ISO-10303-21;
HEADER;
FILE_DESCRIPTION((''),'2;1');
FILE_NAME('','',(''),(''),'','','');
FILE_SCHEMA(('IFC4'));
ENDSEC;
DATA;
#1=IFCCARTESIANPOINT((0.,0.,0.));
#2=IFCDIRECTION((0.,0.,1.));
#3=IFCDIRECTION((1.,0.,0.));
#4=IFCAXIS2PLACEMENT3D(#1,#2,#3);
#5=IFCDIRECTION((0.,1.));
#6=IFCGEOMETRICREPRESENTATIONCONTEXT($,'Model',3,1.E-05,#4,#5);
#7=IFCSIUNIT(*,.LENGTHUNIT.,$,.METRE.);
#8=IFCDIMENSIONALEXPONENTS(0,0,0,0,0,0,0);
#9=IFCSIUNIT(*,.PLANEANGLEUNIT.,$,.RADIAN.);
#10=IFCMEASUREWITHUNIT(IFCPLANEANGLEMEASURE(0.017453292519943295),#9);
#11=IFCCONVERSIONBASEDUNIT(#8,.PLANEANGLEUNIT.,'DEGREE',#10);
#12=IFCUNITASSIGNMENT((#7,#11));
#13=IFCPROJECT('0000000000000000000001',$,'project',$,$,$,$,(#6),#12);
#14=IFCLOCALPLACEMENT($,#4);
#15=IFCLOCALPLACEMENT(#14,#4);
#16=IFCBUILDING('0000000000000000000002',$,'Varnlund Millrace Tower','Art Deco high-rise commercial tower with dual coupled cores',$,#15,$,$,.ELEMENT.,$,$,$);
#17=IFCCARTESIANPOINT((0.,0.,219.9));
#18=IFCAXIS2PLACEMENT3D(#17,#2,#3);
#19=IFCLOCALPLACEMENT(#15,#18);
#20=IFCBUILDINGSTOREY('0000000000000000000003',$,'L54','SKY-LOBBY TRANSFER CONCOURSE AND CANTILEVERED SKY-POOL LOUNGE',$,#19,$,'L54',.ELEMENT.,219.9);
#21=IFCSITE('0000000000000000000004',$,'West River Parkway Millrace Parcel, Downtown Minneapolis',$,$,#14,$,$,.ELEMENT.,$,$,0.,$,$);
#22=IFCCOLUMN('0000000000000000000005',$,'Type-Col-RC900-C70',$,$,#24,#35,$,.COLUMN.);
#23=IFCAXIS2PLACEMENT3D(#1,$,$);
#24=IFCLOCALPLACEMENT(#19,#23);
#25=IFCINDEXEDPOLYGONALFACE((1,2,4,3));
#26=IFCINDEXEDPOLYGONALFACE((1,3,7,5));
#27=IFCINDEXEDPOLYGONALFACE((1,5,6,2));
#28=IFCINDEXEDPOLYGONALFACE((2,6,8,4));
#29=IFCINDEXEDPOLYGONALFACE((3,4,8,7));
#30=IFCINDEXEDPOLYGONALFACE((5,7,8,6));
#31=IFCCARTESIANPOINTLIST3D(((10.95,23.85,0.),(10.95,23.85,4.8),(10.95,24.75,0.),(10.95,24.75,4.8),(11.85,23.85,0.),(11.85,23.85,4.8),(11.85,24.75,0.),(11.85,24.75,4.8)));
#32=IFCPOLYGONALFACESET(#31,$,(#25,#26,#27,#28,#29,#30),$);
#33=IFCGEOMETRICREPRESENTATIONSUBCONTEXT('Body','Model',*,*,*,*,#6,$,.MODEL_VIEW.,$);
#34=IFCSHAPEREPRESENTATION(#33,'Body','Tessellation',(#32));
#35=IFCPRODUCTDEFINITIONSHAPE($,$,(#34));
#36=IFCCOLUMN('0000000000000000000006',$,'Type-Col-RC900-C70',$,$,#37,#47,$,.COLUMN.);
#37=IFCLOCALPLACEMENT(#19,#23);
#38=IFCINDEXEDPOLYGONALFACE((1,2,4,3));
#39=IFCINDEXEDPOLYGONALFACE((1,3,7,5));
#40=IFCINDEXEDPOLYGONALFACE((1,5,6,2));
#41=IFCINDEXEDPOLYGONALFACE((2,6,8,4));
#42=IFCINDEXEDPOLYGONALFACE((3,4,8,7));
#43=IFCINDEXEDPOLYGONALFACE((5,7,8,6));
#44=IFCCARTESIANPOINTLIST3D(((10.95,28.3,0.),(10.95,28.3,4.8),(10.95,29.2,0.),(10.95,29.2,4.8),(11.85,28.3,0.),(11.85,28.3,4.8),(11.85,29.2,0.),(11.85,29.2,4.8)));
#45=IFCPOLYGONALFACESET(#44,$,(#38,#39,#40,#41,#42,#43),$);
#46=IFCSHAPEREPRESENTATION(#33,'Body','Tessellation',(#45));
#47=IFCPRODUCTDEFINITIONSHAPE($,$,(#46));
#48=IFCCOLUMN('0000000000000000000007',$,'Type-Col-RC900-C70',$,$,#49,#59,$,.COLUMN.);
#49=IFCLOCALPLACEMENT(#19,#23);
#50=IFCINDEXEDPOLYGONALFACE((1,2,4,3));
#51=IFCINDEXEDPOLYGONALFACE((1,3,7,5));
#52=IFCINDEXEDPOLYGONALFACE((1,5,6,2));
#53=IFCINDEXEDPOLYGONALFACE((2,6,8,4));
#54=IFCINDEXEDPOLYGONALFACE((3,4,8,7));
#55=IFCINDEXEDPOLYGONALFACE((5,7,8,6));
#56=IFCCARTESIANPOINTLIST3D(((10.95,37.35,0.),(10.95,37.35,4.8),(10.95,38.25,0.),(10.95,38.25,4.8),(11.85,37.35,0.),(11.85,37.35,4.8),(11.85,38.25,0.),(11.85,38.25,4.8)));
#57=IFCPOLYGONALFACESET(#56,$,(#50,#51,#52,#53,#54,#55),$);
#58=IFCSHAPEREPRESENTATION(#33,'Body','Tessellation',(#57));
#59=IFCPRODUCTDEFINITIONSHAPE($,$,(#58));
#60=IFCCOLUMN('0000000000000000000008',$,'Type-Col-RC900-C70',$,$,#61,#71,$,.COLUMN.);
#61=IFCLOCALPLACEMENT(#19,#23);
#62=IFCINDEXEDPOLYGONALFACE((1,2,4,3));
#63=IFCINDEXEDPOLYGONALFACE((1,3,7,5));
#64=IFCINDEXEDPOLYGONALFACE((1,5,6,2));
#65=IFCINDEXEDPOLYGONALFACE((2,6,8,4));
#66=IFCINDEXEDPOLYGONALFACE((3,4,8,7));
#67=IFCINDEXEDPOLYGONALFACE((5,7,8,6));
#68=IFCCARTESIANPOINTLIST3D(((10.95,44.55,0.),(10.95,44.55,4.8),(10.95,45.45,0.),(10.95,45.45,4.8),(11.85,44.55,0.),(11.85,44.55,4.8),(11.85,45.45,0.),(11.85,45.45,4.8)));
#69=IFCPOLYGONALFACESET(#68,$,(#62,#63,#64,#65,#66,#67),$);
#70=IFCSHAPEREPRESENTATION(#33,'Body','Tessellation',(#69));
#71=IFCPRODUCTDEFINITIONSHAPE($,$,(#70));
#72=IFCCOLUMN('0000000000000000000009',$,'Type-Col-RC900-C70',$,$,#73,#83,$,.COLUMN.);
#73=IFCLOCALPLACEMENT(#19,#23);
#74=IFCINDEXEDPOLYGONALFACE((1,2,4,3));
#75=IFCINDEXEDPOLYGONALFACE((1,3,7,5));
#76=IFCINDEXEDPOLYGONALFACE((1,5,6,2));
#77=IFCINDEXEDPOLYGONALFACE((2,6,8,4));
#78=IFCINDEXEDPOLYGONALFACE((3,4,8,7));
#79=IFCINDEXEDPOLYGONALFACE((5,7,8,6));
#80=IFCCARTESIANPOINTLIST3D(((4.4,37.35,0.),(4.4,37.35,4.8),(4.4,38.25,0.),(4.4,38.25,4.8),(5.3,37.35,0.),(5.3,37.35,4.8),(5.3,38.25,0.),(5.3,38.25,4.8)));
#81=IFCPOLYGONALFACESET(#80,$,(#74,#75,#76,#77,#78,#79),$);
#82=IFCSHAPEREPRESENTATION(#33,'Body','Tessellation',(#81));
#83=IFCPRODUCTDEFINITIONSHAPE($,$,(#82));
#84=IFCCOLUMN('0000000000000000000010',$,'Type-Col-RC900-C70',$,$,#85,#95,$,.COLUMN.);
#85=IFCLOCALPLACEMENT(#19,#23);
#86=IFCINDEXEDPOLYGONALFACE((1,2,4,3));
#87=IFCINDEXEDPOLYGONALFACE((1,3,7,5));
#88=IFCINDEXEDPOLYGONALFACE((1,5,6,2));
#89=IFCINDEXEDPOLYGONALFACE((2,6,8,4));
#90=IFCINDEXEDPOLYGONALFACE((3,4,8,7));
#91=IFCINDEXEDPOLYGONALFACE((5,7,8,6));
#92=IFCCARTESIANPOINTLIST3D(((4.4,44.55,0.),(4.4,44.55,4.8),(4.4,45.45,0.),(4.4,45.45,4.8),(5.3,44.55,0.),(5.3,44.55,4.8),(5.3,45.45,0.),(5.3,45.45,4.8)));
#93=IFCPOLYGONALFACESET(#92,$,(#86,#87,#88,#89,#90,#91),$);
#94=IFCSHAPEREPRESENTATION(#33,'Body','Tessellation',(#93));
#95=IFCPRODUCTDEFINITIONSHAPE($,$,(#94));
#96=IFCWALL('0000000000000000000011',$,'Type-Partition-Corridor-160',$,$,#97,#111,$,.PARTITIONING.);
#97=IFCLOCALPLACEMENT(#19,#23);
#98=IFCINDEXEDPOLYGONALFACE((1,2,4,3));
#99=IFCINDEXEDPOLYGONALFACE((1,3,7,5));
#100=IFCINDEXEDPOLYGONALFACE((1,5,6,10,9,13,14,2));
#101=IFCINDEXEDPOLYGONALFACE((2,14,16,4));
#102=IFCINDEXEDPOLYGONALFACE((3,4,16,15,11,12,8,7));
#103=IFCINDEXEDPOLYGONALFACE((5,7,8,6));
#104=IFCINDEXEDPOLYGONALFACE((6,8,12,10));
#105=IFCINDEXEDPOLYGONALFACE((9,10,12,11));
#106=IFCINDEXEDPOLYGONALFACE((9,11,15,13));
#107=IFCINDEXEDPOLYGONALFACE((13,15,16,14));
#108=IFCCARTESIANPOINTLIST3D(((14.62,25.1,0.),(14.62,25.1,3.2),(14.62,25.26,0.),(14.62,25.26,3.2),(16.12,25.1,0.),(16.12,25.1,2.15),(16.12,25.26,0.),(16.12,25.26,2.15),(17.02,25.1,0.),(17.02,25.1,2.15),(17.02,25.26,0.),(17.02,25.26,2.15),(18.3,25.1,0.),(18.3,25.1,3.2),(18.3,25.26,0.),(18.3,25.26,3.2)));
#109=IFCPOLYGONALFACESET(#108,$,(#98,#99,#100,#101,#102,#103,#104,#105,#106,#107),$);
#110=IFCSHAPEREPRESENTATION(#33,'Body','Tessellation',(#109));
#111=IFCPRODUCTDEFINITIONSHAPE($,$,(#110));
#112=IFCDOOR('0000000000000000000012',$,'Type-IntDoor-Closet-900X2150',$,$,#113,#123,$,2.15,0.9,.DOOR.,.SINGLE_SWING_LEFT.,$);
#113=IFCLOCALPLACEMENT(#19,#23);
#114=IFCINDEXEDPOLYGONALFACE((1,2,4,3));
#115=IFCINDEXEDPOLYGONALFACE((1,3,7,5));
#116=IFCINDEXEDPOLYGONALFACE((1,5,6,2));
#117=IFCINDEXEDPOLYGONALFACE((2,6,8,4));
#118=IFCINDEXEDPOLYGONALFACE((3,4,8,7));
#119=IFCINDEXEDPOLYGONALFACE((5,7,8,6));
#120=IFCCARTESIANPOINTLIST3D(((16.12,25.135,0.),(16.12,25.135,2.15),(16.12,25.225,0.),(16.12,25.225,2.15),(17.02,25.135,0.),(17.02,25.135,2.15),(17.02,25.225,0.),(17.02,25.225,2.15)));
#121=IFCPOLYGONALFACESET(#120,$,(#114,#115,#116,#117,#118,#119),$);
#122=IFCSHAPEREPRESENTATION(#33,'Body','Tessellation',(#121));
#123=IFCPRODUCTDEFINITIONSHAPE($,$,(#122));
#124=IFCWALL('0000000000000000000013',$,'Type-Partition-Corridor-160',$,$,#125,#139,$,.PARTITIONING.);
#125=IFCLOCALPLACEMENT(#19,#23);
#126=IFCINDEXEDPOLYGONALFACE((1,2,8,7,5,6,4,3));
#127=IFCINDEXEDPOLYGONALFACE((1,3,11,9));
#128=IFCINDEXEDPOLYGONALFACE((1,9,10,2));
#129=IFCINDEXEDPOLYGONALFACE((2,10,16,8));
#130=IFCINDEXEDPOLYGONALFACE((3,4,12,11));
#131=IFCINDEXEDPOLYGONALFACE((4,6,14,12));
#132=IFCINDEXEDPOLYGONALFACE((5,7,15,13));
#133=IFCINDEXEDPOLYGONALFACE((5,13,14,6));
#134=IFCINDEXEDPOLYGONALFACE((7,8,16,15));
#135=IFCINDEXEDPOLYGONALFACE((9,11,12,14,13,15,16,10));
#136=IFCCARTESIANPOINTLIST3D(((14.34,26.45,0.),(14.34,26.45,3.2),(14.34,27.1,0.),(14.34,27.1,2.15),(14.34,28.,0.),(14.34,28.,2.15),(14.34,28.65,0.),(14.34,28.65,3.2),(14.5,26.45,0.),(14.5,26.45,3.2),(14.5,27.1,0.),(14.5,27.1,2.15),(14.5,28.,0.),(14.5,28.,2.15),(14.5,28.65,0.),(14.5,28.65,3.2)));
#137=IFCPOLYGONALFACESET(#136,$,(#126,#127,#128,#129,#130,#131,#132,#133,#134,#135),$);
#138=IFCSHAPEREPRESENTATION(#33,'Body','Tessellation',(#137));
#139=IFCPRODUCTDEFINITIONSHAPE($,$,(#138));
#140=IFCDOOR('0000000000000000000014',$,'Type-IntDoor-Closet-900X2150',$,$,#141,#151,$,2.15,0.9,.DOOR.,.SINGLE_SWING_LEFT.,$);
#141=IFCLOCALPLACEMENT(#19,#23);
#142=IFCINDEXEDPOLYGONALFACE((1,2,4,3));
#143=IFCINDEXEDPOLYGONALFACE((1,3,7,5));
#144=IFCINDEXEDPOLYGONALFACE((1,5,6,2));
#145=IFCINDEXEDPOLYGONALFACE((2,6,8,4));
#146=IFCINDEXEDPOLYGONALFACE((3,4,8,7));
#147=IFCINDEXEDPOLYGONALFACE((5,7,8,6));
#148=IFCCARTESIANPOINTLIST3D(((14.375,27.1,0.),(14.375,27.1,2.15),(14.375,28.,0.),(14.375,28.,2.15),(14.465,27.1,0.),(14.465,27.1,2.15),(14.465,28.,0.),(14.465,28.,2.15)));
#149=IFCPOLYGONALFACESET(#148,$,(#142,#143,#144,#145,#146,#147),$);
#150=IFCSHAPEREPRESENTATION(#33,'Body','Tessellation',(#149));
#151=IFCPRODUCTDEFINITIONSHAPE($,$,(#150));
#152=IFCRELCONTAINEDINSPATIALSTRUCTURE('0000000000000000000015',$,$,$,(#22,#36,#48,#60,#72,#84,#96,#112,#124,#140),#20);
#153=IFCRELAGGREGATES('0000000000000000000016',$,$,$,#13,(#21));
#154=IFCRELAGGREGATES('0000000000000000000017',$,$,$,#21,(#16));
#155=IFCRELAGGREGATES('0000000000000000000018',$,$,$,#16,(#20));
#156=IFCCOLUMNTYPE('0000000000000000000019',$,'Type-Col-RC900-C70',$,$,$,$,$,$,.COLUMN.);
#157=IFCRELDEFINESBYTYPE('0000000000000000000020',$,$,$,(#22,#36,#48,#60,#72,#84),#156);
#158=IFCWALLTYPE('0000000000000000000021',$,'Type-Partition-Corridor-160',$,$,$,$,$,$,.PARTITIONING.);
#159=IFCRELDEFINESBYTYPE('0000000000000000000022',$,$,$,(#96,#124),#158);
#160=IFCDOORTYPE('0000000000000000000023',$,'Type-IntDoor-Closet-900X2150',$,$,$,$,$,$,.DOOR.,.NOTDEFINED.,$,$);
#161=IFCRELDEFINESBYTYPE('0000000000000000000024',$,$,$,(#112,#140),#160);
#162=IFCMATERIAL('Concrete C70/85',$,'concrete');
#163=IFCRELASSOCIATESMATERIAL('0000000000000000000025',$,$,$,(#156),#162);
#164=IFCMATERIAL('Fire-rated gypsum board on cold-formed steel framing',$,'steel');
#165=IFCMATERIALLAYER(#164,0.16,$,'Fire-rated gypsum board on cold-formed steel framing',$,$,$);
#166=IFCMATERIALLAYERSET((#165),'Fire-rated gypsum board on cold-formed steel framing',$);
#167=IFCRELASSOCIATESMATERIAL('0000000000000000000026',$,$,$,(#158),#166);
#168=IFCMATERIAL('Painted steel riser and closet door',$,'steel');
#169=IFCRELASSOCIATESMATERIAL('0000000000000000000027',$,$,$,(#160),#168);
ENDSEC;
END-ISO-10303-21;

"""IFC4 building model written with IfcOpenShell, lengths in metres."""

from ifc_helpers import new_model, entity, si_unit, converted_unit, direction, frame, origin_with_axes, origin_2d_with_axis, place, context, subcontext, project, spatial, polyline, rectangle, outline, extrude, material, layer, layer_set, material_profile, profile_set, type_object, element, fill, save


model = new_model("IFC4")

# Units and contexts
model_context = context("Model", 3, precision=1e-05, world=origin_with_axes(), true_north=direction((0.0, 1.0)))
body_context = subcontext(model_context, "Body", "Model", "MODEL_VIEW")
ifc_project = project(units=[si_unit("LENGTHUNIT", "METRE"), converted_unit("PLANEANGLEUNIT", "DEGREE", entity("IfcPlaneAngleMeasure", 0.017453292519943295), si_unit("PLANEANGLEUNIT", "RADIAN"), dimensions=[0, 0, 0, 0, 0, 0, 0])], contexts=[model_context])

# Site, building, storey
site_placement = place(None, origin_with_axes())
site = spatial("IfcSite", under=ifc_project, at=site_placement, Name="West River Parkway Millrace Parcel, Downtown Minneapolis", CompositionType="ELEMENT", RefElevation=0.0)
building_placement = place(site_placement, origin_with_axes())
building = spatial("IfcBuilding", under=site, at=building_placement, Name="Varnlund Millrace Tower", Description="Art Deco high-rise commercial tower with dual coupled cores", CompositionType="ELEMENT")
storey_placement = place(building_placement, frame((0.0, 0.0, 219.9), z_axis=(0.0, 0.0, 1.0), x_axis=(1.0, 0.0, 0.0)))
storey = spatial("IfcBuildingStorey", under=building, at=storey_placement, Name="L54", Description="SKY-LOBBY TRANSFER CONCOURSE AND CANTILEVERED SKY-POOL LOUNGE", LongName="L54", CompositionType="ELEMENT", Elevation=219.9)

# Columns
ifc_material_1 = material(Name="Concrete C70/85", Category="concrete")
ifc_material_profile = material_profile(ifc_material_1, rectangle(XDim=0.9, YDim=0.9, at=origin_2d_with_axis()), Name="Concrete C70/85")
ifc_profile_set = profile_set([ifc_material_profile], Name="Concrete C70/85")
column_type = type_object("IfcColumnType", Name="Type-Col-RC900-C70", PredefinedType="COLUMN", material=ifc_profile_set)
for number, where, z_axis, x_axis, name in (
    (1, (11.4, 24.3, 0.0), (0.0, 0.0, 1.0), (1.0, 0.0, 0.0), "Type-Col-RC900-C70"),
    (2, (11.4, 28.75, 0.0), (0.0, 0.0, 1.0), (1.0, 0.0, 0.0), "Type-Col-RC900-C70"),
    (3, (11.4, 37.8, 0.0), (0.0, 0.0, 1.0), (1.0, 0.0, 0.0), "Type-Col-RC900-C70"),
    (4, (11.4, 45.0, 0.0), (0.0, 0.0, 1.0), (1.0, 0.0, 0.0), "Type-Col-RC900-C70"),
    (5, (4.85, 37.8, 0.0), (0.0, 0.0, 1.0), (1.0, 0.0, 0.0), "Type-Col-RC900-C70"),
    (6, (4.85, 45.0, 0.0), (0.0, 0.0, 1.0), (1.0, 0.0, 0.0), "Type-Col-RC900-C70"),
):
    element("IfcColumn", number, at=place(storey_placement, frame(where, z_axis=z_axis, x_axis=x_axis)), inside=storey, type_object=column_type, Name=name, PredefinedType="COLUMN", context=body_context, shape_type="SweptSolid", body=[
        extrude(rectangle(XDim=0.9, YDim=0.9, at=origin_2d_with_axis()), origin_with_axes(), (0.0, 0.0, 1.0), 4.8),
    ])

# Walls, openings, doors
ifc_material_2 = material(Name="Fire-rated gypsum board on cold-formed steel framing", Category="steel")
ifc_layer_1 = layer(ifc_material_2, 0.16, Name="Fire-rated gypsum board on cold-formed steel framing")
ifc_layer_set_1 = layer_set([ifc_layer_1], Name="Fire-rated gypsum board on cold-formed steel framing")
wall_type_1 = type_object("IfcWallType", Name="Type-Partition-Corridor-160", PredefinedType="PARTITIONING", material=ifc_layer_set_1)
wall_1_placement = place(storey_placement, frame((14.62, 25.18, 0.0), z_axis=(0.0, 0.0, 1.0), x_axis=(1.0, 0.0, 0.0)))
wall_1 = element("IfcWall", 7, at=wall_1_placement, inside=storey, type_object=wall_type_1, Name="Type-Partition-Corridor-160", PredefinedType="PARTITIONING", context=body_context, shape_type="SweptSolid", body=[
    extrude(outline(polyline([(0.0, -0.08), (3.68, -0.08), (3.68, 0.08), (0.0, 0.08), (0.0, -0.08)])), origin_with_axes(), (0.0, 0.0, 1.0), 3.2),
])
opening_1_placement = place(wall_1_placement, frame((1.95, 0.0, 0.0), z_axis=(0.0, 0.0, 1.0), x_axis=(1.0, 0.0, 0.0)))
opening_1 = element("IfcOpeningElement", 8, at=opening_1_placement, cuts=wall_1, PredefinedType="OPENING", context=body_context, shape_type="SweptSolid", body=[
    extrude(rectangle(XDim=0.9, YDim=0.18, at=origin_2d_with_axis()), origin_with_axes(), (0.0, 0.0, 1.0), 2.15),
])
ifc_material_3 = material(Name="Painted steel riser and closet door", Category="steel")
door_type_1 = type_object("IfcDoorType", Name="Type-IntDoor-Closet-900X2150", OperationType="NOTDEFINED", PredefinedType="DOOR", material=ifc_material_3)
door_1_placement = place(wall_1_placement, frame((1.95, 0.0, 0.0), z_axis=(0.0, 0.0, 1.0), x_axis=(1.0, 0.0, 0.0)))
door_1 = element("IfcDoor", 9, at=door_1_placement, inside=storey, type_object=door_type_1, Name="Type-IntDoor-Closet-900X2150", OperationType="SINGLE_SWING_LEFT", OverallHeight=2.15, OverallWidth=0.9, PredefinedType="DOOR", context=body_context, shape_type="SweptSolid", body=[
    extrude(rectangle(XDim=0.9, YDim=0.09, at=origin_2d_with_axis()), origin_with_axes(), (0.0, 0.0, 1.0), 2.15),
])
fill(opening_1, door_1)
wall_2_placement = place(storey_placement, frame((14.42, 26.45, 0.0), z_axis=(0.0, 0.0, 1.0), x_axis=(0.0, 1.0, 0.0)))
wall_2 = element("IfcWall", 10, at=wall_2_placement, inside=storey, type_object=wall_type_1, Name="Type-Partition-Corridor-160", PredefinedType="PARTITIONING", context=body_context, shape_type="SweptSolid", body=[
    extrude(outline(polyline([(0.0, -0.08), (2.2, -0.08), (2.2, 0.08), (0.0, 0.08), (0.0, -0.08)])), origin_with_axes(), (0.0, 0.0, 1.0), 3.2),
])
opening_2_placement = place(wall_2_placement, frame((1.1, 0.0, 0.0), z_axis=(0.0, 0.0, 1.0), x_axis=(1.0, 0.0, 0.0)))
opening_2 = element("IfcOpeningElement", 11, at=opening_2_placement, cuts=wall_2, PredefinedType="OPENING", context=body_context, shape_type="SweptSolid", body=[
    extrude(rectangle(XDim=0.9, YDim=0.18, at=origin_2d_with_axis()), origin_with_axes(), (0.0, 0.0, 1.0), 2.15),
])
door_2_placement = place(wall_2_placement, frame((1.1, 0.0, 0.0), z_axis=(0.0, 0.0, 1.0), x_axis=(1.0, 0.0, 0.0)))
door_2 = element("IfcDoor", 12, at=door_2_placement, inside=storey, type_object=door_type_1, Name="Type-IntDoor-Closet-900X2150", OperationType="SINGLE_SWING_LEFT", OverallHeight=2.15, OverallWidth=0.9, PredefinedType="DOOR", context=body_context, shape_type="SweptSolid", body=[
    extrude(rectangle(XDim=0.9, YDim=0.09, at=origin_2d_with_axis()), origin_with_axes(), (0.0, 0.0, 1.0), 2.15),
])
fill(opening_2, door_2)

save(model, "model.ifc")
